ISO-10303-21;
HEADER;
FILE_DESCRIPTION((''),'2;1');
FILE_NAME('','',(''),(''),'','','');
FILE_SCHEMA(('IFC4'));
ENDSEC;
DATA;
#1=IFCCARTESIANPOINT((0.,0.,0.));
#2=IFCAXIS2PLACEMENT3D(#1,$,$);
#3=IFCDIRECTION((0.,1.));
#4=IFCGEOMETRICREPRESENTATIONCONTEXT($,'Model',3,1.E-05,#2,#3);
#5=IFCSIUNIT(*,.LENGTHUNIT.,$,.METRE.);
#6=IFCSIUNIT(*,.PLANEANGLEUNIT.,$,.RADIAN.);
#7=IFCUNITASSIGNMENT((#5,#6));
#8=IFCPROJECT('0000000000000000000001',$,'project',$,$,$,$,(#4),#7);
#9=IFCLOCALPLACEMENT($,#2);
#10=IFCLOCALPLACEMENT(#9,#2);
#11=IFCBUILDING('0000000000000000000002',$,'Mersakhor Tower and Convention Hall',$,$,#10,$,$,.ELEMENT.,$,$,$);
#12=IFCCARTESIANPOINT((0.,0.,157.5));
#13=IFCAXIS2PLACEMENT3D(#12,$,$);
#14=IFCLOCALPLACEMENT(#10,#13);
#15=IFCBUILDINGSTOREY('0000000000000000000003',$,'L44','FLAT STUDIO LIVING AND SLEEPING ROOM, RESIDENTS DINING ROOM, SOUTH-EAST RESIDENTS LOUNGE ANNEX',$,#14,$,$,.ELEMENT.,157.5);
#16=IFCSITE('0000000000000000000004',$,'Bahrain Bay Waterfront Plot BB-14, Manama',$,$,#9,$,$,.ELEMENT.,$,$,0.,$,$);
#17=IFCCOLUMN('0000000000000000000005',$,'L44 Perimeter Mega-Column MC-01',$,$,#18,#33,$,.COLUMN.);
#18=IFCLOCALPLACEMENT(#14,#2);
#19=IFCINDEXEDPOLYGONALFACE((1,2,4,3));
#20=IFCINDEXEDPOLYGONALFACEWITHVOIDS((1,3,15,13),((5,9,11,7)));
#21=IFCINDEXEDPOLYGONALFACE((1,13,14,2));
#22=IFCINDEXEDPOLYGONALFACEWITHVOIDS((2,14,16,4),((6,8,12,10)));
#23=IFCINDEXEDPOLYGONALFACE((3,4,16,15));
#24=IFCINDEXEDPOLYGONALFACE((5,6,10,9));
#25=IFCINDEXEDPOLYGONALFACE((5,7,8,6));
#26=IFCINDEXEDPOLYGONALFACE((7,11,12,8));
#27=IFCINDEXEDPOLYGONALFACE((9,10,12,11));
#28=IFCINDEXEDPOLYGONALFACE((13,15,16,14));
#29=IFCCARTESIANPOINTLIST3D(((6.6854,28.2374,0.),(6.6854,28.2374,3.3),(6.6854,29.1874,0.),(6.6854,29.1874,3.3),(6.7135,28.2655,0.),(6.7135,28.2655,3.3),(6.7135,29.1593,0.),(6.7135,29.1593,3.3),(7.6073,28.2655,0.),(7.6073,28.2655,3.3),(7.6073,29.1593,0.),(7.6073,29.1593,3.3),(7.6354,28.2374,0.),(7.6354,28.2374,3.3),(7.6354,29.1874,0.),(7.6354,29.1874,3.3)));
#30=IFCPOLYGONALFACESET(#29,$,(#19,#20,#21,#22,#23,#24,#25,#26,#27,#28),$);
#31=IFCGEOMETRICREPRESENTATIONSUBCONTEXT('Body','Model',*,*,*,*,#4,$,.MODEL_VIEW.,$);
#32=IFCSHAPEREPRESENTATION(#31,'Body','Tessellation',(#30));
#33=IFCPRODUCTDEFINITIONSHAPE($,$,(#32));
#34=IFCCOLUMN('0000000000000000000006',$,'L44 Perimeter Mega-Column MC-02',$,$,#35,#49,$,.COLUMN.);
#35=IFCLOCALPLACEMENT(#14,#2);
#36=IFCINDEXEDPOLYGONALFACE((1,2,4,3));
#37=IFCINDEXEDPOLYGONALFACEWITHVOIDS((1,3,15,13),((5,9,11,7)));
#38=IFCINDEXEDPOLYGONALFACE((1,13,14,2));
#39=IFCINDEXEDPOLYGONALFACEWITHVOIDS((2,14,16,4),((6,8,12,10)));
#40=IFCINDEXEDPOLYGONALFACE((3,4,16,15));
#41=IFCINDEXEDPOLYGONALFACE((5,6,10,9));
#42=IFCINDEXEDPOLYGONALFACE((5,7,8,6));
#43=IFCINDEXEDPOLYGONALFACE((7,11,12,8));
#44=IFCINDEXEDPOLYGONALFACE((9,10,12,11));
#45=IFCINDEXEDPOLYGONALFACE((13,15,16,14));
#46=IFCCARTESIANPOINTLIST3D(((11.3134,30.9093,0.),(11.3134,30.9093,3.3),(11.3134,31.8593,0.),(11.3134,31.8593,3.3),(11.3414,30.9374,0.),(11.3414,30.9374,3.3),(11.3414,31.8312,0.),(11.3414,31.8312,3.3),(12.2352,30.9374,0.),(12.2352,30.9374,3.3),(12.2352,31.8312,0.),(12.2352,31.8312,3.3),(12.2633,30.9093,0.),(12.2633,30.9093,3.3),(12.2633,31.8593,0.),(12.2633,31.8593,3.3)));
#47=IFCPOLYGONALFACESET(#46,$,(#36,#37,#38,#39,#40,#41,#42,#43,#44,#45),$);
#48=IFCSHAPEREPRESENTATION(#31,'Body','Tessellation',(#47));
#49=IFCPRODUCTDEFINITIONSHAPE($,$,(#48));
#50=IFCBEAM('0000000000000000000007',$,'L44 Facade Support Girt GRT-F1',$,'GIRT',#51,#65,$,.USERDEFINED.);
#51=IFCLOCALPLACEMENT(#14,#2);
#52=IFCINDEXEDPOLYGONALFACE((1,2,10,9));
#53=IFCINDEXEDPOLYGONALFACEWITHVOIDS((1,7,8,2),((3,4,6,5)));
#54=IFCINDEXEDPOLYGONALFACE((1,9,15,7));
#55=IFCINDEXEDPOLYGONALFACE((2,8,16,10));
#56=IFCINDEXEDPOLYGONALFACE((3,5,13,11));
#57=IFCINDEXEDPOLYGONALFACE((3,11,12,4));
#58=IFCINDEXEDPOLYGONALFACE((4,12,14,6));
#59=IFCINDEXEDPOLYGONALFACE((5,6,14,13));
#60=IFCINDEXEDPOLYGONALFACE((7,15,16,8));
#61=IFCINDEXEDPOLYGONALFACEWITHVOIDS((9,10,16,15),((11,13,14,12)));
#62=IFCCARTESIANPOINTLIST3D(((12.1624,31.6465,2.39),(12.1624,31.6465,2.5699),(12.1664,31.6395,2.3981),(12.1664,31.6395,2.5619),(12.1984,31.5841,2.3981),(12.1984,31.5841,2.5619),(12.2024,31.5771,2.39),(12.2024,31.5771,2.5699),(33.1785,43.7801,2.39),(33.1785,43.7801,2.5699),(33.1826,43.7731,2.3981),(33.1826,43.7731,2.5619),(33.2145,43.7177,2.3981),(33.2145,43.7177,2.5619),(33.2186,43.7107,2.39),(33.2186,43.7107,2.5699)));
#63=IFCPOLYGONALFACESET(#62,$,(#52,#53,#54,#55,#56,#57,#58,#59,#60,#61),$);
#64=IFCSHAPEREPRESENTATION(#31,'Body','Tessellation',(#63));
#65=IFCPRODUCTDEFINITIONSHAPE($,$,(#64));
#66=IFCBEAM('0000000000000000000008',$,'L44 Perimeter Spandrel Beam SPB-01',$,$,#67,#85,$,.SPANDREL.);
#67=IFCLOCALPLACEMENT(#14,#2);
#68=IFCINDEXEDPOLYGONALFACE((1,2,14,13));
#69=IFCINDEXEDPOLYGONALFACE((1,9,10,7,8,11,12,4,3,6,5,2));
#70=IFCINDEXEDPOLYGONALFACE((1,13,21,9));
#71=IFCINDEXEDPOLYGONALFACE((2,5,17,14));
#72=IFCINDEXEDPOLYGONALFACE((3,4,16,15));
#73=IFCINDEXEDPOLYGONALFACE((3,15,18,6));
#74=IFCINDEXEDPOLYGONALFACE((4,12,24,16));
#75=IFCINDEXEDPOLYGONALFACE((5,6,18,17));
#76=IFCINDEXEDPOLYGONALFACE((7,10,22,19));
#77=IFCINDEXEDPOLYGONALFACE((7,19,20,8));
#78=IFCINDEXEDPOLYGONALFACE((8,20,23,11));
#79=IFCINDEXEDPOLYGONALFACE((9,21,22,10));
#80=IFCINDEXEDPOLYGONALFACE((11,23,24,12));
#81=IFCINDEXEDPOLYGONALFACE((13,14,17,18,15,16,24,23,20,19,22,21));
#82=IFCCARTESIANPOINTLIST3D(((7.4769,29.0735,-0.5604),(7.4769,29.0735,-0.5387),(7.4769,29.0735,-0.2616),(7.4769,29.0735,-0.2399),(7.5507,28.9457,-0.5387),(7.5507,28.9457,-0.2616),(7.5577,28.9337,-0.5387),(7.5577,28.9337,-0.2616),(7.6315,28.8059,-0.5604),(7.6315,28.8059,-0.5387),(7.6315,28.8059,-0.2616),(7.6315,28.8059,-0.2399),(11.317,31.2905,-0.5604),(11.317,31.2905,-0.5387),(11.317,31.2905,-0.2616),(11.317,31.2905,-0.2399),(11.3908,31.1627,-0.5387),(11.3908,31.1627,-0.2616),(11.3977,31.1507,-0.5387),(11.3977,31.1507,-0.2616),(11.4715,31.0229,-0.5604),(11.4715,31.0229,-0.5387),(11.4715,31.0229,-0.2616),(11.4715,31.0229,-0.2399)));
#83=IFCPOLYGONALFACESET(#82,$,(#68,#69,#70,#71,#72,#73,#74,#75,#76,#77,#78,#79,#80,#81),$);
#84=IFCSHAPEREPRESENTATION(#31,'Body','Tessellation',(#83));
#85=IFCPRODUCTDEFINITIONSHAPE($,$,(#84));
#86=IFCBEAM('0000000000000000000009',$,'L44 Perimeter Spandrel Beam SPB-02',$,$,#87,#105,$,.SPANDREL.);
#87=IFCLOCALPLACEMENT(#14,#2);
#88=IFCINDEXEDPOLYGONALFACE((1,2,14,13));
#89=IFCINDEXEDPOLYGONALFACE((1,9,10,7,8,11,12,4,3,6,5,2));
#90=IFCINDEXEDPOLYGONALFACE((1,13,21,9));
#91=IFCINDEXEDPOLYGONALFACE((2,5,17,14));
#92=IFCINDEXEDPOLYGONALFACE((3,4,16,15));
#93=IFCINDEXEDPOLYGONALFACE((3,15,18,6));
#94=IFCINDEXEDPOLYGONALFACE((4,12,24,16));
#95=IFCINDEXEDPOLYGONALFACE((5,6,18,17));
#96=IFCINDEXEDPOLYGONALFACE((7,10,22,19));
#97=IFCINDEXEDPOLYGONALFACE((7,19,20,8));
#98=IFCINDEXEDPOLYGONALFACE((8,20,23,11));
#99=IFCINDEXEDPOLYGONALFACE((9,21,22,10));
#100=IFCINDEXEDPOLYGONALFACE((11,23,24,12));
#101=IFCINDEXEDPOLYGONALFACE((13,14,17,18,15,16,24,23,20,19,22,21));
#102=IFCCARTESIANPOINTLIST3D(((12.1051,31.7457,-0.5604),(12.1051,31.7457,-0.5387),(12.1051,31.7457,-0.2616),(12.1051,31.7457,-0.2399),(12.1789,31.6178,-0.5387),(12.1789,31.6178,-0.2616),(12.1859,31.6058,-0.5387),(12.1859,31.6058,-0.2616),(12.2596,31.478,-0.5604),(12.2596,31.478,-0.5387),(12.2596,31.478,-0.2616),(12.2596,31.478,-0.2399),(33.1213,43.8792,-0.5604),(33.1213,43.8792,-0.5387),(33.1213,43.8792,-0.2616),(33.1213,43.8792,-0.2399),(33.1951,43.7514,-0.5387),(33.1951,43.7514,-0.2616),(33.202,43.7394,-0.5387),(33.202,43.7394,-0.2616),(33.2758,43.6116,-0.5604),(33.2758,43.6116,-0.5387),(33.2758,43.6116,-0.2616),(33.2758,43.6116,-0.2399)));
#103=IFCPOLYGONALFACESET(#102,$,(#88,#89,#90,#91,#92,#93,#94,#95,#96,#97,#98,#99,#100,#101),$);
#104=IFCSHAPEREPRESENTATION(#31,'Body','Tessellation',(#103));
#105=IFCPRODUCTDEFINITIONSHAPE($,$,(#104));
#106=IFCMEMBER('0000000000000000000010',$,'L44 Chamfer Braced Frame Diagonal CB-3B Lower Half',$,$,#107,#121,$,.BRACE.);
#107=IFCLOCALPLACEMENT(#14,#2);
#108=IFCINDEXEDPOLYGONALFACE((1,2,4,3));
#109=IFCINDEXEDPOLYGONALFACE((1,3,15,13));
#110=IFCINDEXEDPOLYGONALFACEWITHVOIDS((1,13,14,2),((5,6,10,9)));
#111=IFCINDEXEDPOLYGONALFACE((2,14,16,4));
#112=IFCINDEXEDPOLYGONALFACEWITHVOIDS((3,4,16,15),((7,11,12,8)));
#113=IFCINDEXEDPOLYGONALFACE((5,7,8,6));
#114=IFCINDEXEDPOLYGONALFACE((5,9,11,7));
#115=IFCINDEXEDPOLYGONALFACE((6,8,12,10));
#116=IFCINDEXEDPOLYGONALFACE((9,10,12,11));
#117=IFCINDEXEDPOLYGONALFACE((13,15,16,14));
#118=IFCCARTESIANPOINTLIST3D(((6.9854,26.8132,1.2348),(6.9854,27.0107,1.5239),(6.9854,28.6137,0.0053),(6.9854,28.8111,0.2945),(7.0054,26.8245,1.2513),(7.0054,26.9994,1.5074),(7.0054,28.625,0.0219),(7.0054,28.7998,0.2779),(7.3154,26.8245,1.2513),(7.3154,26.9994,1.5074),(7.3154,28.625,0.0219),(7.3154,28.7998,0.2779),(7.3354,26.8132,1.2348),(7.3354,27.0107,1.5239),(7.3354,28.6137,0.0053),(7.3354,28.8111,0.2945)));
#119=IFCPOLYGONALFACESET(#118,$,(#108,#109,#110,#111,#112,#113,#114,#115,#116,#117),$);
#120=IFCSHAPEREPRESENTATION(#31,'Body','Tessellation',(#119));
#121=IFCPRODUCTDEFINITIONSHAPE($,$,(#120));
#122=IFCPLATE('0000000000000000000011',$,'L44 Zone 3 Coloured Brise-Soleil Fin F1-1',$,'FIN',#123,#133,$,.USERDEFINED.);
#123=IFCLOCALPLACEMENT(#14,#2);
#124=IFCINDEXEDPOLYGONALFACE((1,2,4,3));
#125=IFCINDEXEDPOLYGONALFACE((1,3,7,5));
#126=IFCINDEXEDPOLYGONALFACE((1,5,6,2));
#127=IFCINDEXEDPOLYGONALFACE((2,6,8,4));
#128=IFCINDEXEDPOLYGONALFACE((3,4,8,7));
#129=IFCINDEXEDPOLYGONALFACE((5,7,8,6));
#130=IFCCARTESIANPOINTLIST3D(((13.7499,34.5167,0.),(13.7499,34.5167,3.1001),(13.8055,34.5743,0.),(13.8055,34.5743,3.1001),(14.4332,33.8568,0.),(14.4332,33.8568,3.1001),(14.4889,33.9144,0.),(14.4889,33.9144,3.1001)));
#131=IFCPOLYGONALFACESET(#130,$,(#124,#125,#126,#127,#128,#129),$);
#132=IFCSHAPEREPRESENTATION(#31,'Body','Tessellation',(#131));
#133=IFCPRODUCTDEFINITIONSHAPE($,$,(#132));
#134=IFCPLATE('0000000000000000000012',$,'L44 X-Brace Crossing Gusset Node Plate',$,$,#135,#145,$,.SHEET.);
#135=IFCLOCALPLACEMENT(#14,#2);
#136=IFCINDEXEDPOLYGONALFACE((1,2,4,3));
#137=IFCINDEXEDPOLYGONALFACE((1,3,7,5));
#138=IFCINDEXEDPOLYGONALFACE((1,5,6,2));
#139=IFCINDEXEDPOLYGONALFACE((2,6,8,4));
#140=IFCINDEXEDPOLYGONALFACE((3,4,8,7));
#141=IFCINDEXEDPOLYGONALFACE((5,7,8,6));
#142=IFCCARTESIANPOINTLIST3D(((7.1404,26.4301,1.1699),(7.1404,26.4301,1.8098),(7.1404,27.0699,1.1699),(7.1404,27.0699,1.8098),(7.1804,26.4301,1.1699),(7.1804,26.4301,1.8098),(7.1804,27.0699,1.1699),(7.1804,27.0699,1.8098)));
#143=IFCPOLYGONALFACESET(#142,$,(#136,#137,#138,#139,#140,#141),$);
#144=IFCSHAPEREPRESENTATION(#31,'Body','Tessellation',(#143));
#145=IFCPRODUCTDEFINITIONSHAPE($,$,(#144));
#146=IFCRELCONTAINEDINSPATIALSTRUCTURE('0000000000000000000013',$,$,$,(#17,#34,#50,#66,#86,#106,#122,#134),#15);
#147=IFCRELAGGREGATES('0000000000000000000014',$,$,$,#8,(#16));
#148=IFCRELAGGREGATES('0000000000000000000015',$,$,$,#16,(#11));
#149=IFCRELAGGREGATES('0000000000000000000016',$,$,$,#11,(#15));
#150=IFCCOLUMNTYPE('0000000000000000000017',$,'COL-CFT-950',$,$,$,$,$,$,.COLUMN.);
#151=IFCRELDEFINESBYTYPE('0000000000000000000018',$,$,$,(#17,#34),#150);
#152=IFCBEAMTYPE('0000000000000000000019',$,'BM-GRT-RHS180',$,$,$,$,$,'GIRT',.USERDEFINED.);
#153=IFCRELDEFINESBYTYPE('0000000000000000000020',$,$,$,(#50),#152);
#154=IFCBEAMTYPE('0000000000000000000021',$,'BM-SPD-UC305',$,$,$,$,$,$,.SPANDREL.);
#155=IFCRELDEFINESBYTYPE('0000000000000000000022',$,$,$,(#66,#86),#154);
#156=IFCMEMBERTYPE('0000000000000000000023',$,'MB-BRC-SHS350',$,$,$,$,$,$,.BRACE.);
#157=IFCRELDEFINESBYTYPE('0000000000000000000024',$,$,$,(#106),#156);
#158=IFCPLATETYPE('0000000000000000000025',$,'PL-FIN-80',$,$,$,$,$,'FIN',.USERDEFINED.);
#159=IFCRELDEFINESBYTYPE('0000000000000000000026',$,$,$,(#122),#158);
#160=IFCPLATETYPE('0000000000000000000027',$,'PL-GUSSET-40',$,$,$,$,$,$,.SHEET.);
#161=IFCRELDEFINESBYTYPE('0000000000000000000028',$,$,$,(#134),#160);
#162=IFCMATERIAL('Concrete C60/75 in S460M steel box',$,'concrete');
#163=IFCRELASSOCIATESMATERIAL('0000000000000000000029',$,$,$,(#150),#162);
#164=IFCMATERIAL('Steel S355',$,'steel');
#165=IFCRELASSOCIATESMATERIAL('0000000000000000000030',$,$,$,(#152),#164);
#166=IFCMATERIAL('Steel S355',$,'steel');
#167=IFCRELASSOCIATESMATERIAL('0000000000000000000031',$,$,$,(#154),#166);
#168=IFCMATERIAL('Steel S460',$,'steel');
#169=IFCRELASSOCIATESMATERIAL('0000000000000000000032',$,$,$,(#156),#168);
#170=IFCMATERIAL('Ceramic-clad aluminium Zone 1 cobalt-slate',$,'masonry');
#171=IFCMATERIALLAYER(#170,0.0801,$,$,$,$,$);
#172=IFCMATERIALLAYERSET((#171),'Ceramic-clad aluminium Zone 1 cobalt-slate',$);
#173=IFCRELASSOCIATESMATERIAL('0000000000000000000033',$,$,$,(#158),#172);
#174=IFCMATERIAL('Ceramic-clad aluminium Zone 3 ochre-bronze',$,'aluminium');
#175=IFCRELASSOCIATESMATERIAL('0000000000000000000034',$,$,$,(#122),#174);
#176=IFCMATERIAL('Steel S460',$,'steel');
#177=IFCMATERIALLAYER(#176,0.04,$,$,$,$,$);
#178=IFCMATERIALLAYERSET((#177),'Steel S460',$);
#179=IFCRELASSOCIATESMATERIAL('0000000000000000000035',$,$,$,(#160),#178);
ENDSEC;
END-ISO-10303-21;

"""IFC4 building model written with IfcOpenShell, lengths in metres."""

from ifc_helpers import new_model, si_unit, direction, frame, origin, origin_2d, place, context, subcontext, project, spatial, rectangle, hollow_rectangle, i_section, extrude, material, layer, layer_set, material_profile, profile_set, type_object, element, save


model = new_model("IFC4")

# Units and contexts
model_context = context("Model", 3, precision=1e-05, world=origin(), true_north=direction((0.0, 1.0)))
body_context = subcontext(model_context, "Body", "Model", "MODEL_VIEW")
ifc_project = project(units=[si_unit("LENGTHUNIT", "METRE"), si_unit("PLANEANGLEUNIT", "RADIAN")], contexts=[model_context])

# Site, building, storey
site_placement = place(None, origin())
site = spatial("IfcSite", under=ifc_project, at=site_placement, Name="Bahrain Bay Waterfront Plot BB-14, Manama", CompositionType="ELEMENT", RefElevation=0.0)
building_placement = place(site_placement, origin())
building = spatial("IfcBuilding", under=site, at=building_placement, Name="Mersakhor Tower and Convention Hall", CompositionType="ELEMENT")
storey_placement = place(building_placement, frame((0.0, 0.0, 157.5)))
storey = spatial("IfcBuildingStorey", under=building, at=storey_placement, Name="L44", Description="FLAT STUDIO LIVING AND SLEEPING ROOM, RESIDENTS DINING ROOM, SOUTH-EAST RESIDENTS LOUNGE ANNEX", CompositionType="ELEMENT", Elevation=157.5)

# Columns
ifc_material_1 = material(Name="Concrete C60/75 in S460M steel box", Category="concrete")
ifc_material_profile_1 = material_profile(ifc_material_1, hollow_rectangle(XDim=0.95, YDim=0.95, WallThickness=0.0281, at=origin_2d()), Name="SHS 950x950x28")
ifc_profile_set_1 = profile_set([ifc_material_profile_1], Name="Concrete C60/75 in S460M steel box")
column_type = type_object("IfcColumnType", Name="COL-CFT-950", PredefinedType="COLUMN", material=ifc_profile_set_1)
for number, where, z_axis, x_axis, name in (
    (1, (7.1604, 28.7124, 0.0), (0.0, 0.0, 1.0), (1.0, 0.0, 0.0), "L44 Perimeter Mega-Column MC-01"),
    (2, (11.7883, 31.3843, 0.0), (0.0, 0.0, 1.0), (1.0, 0.0, 0.0), "L44 Perimeter Mega-Column MC-02"),
):
    element("IfcColumn", number, at=place(storey_placement, frame(where, z_axis=z_axis, x_axis=x_axis)), inside=storey, type_object=column_type, Name=name, PredefinedType="COLUMN", context=body_context, shape_type="SweptSolid", body=[
        extrude(hollow_rectangle(XDim=0.95, YDim=0.95, WallThickness=0.0281, at=origin_2d()), origin(), (0.0, 0.0, 1.0), 3.3),
    ])

# Beams
ifc_material_2 = material(Name="Steel S355", Category="steel")
ifc_material_profile_2 = material_profile(ifc_material_2, hollow_rectangle(XDim=0.0801, YDim=0.1799, WallThickness=0.0081, at=origin_2d()), Name="RHS 180x80x8")
ifc_profile_set_2 = profile_set([ifc_material_profile_2], Name="Steel S355")
beam_type_1 = type_object("IfcBeamType", Name="BM-GRT-RHS180", ElementType="GIRT", PredefinedType="USERDEFINED", material=ifc_profile_set_2)
beam_1_placement = place(storey_placement, frame((12.1824, 31.6118, 2.48), z_axis=(0.866027, 0.499996, 0.0), x_axis=(-0.499996, 0.866027, 0.0)))
element("IfcBeam", 3, at=beam_1_placement, inside=storey, type_object=beam_type_1, Name="L44 Facade Support Girt GRT-F1", ObjectType="GIRT", PredefinedType="USERDEFINED", context=body_context, shape_type="SweptSolid", body=[
    extrude(hollow_rectangle(XDim=0.0801, YDim=0.1799, WallThickness=0.0081, at=origin_2d()), origin(), (0.0, 0.0, 1.0), 24.2673),
])
ifc_material_3 = material(Name="Steel S355", Category="steel")
ifc_material_profile_3 = material_profile(ifc_material_3, i_section(OverallWidth=0.3091, OverallDepth=0.3206, WebThickness=0.0139, FlangeThickness=0.0217, at=origin_2d()), Name="UC 305x305x137")
ifc_profile_set_3 = profile_set([ifc_material_profile_3], Name="Steel S355")
beam_type_2 = type_object("IfcBeamType", Name="BM-SPD-UC305", PredefinedType="SPANDREL", material=ifc_profile_set_3)
beam_2_placement = place(storey_placement, frame((7.5542, 28.9397, -0.4001), z_axis=(0.866029, 0.499994, 0.0), x_axis=(-0.499994, 0.866029, 0.0)))
element("IfcBeam", 4, at=beam_2_placement, inside=storey, type_object=beam_type_2, Name="L44 Perimeter Spandrel Beam SPB-01", PredefinedType="SPANDREL", context=body_context, shape_type="SweptSolid", body=[
    extrude(i_section(OverallWidth=0.3091, OverallDepth=0.3206, WebThickness=0.0139, FlangeThickness=0.0217, at=origin_2d()), origin(), (0.0, 0.0, 1.0), 4.4341),
])
beam_3_placement = place(storey_placement, frame((12.1824, 31.6118, -0.4001), z_axis=(0.866027, 0.499996, 0.0), x_axis=(-0.499996, 0.866027, 0.0)))
element("IfcBeam", 5, at=beam_3_placement, inside=storey, type_object=beam_type_2, Name="L44 Perimeter Spandrel Beam SPB-02", PredefinedType="SPANDREL", context=body_context, shape_type="SweptSolid", body=[
    extrude(i_section(OverallWidth=0.3091, OverallDepth=0.3206, WebThickness=0.0139, FlangeThickness=0.0217, at=origin_2d()), origin(), (0.0, 0.0, 1.0), 24.2673),
])

# Member
ifc_material_4 = material(Name="Steel S460", Category="steel")
ifc_material_profile_4 = material_profile(ifc_material_4, hollow_rectangle(XDim=0.3501, YDim=0.3501, WallThickness=0.02, at=origin_2d()), Name="SHS 350x350x20")
ifc_profile_set_4 = profile_set([ifc_material_profile_4], Name="Steel S460")
member_type = type_object("IfcMemberType", Name="MB-BRC-SHS350", PredefinedType="BRACE", material=ifc_profile_set_4)
member_placement = place(storey_placement, frame((7.1604, 28.7124, 0.1499), z_axis=(0.0, -0.825832, 0.563917), x_axis=(1.0, 0.0, 0.0)))
element("IfcMember", 6, at=member_placement, inside=storey, type_object=member_type, Name="L44 Chamfer Braced Frame Diagonal CB-3B Lower Half", PredefinedType="BRACE", context=body_context, shape_type="SweptSolid", body=[
    extrude(hollow_rectangle(XDim=0.3501, YDim=0.3501, WallThickness=0.02, at=origin_2d()), origin(), (0.0, 0.0, 1.0), 2.1802),
])

# Plates
ifc_material_5 = material(Name="Ceramic-clad aluminium Zone 3 ochre-bronze", Category="aluminium")
ifc_material_6 = material(Name="Ceramic-clad aluminium Zone 1 cobalt-slate", Category="masonry")
ifc_layer_1 = layer(ifc_material_6, 0.0801)
ifc_layer_set_1 = layer_set([ifc_layer_1], Name="Ceramic-clad aluminium Zone 1 cobalt-slate")
plate_type_1 = type_object("IfcPlateType", Name="PL-FIN-80", ElementType="FIN", PredefinedType="USERDEFINED", material=ifc_layer_set_1)
plate_1_placement = place(storey_placement, frame((14.1194, 34.2156, 0.0), z_axis=(0.0, 0.0, 1.0), x_axis=(-0.71934, 0.694658, 0.0)))
element("IfcPlate", 7, at=plate_1_placement, inside=storey, type_object=plate_type_1, material=ifc_material_5, Name="L44 Zone 3 Coloured Brise-Soleil Fin F1-1", ObjectType="FIN", PredefinedType="USERDEFINED", context=body_context, shape_type="SweptSolid", body=[
    extrude(rectangle(XDim=0.95, YDim=0.0801, at=origin_2d()), origin(), (0.0, 0.0, 1.0), 3.1001),
])
ifc_material_7 = material(Name="Steel S460", Category="steel")
ifc_layer_2 = layer(ifc_material_7, 0.04)
ifc_layer_set_2 = layer_set([ifc_layer_2], Name="Steel S460")
plate_type_2 = type_object("IfcPlateType", Name="PL-GUSSET-40", PredefinedType="SHEET", material=ifc_layer_set_2)
plate_2_placement = place(storey_placement, frame((7.1604, 26.75, 1.1699), z_axis=(0.0, 0.0, 1.0), x_axis=(0.0, -1.0, 0.0)))
element("IfcPlate", 8, at=plate_2_placement, inside=storey, type_object=plate_type_2, Name="L44 X-Brace Crossing Gusset Node Plate", PredefinedType="SHEET", context=body_context, shape_type="SweptSolid", body=[
    extrude(rectangle(XDim=0.6399, YDim=0.04, at=origin_2d()), origin(), (0.0, 0.0, 1.0), 0.6399),
])

save(model, "model.ifc")
